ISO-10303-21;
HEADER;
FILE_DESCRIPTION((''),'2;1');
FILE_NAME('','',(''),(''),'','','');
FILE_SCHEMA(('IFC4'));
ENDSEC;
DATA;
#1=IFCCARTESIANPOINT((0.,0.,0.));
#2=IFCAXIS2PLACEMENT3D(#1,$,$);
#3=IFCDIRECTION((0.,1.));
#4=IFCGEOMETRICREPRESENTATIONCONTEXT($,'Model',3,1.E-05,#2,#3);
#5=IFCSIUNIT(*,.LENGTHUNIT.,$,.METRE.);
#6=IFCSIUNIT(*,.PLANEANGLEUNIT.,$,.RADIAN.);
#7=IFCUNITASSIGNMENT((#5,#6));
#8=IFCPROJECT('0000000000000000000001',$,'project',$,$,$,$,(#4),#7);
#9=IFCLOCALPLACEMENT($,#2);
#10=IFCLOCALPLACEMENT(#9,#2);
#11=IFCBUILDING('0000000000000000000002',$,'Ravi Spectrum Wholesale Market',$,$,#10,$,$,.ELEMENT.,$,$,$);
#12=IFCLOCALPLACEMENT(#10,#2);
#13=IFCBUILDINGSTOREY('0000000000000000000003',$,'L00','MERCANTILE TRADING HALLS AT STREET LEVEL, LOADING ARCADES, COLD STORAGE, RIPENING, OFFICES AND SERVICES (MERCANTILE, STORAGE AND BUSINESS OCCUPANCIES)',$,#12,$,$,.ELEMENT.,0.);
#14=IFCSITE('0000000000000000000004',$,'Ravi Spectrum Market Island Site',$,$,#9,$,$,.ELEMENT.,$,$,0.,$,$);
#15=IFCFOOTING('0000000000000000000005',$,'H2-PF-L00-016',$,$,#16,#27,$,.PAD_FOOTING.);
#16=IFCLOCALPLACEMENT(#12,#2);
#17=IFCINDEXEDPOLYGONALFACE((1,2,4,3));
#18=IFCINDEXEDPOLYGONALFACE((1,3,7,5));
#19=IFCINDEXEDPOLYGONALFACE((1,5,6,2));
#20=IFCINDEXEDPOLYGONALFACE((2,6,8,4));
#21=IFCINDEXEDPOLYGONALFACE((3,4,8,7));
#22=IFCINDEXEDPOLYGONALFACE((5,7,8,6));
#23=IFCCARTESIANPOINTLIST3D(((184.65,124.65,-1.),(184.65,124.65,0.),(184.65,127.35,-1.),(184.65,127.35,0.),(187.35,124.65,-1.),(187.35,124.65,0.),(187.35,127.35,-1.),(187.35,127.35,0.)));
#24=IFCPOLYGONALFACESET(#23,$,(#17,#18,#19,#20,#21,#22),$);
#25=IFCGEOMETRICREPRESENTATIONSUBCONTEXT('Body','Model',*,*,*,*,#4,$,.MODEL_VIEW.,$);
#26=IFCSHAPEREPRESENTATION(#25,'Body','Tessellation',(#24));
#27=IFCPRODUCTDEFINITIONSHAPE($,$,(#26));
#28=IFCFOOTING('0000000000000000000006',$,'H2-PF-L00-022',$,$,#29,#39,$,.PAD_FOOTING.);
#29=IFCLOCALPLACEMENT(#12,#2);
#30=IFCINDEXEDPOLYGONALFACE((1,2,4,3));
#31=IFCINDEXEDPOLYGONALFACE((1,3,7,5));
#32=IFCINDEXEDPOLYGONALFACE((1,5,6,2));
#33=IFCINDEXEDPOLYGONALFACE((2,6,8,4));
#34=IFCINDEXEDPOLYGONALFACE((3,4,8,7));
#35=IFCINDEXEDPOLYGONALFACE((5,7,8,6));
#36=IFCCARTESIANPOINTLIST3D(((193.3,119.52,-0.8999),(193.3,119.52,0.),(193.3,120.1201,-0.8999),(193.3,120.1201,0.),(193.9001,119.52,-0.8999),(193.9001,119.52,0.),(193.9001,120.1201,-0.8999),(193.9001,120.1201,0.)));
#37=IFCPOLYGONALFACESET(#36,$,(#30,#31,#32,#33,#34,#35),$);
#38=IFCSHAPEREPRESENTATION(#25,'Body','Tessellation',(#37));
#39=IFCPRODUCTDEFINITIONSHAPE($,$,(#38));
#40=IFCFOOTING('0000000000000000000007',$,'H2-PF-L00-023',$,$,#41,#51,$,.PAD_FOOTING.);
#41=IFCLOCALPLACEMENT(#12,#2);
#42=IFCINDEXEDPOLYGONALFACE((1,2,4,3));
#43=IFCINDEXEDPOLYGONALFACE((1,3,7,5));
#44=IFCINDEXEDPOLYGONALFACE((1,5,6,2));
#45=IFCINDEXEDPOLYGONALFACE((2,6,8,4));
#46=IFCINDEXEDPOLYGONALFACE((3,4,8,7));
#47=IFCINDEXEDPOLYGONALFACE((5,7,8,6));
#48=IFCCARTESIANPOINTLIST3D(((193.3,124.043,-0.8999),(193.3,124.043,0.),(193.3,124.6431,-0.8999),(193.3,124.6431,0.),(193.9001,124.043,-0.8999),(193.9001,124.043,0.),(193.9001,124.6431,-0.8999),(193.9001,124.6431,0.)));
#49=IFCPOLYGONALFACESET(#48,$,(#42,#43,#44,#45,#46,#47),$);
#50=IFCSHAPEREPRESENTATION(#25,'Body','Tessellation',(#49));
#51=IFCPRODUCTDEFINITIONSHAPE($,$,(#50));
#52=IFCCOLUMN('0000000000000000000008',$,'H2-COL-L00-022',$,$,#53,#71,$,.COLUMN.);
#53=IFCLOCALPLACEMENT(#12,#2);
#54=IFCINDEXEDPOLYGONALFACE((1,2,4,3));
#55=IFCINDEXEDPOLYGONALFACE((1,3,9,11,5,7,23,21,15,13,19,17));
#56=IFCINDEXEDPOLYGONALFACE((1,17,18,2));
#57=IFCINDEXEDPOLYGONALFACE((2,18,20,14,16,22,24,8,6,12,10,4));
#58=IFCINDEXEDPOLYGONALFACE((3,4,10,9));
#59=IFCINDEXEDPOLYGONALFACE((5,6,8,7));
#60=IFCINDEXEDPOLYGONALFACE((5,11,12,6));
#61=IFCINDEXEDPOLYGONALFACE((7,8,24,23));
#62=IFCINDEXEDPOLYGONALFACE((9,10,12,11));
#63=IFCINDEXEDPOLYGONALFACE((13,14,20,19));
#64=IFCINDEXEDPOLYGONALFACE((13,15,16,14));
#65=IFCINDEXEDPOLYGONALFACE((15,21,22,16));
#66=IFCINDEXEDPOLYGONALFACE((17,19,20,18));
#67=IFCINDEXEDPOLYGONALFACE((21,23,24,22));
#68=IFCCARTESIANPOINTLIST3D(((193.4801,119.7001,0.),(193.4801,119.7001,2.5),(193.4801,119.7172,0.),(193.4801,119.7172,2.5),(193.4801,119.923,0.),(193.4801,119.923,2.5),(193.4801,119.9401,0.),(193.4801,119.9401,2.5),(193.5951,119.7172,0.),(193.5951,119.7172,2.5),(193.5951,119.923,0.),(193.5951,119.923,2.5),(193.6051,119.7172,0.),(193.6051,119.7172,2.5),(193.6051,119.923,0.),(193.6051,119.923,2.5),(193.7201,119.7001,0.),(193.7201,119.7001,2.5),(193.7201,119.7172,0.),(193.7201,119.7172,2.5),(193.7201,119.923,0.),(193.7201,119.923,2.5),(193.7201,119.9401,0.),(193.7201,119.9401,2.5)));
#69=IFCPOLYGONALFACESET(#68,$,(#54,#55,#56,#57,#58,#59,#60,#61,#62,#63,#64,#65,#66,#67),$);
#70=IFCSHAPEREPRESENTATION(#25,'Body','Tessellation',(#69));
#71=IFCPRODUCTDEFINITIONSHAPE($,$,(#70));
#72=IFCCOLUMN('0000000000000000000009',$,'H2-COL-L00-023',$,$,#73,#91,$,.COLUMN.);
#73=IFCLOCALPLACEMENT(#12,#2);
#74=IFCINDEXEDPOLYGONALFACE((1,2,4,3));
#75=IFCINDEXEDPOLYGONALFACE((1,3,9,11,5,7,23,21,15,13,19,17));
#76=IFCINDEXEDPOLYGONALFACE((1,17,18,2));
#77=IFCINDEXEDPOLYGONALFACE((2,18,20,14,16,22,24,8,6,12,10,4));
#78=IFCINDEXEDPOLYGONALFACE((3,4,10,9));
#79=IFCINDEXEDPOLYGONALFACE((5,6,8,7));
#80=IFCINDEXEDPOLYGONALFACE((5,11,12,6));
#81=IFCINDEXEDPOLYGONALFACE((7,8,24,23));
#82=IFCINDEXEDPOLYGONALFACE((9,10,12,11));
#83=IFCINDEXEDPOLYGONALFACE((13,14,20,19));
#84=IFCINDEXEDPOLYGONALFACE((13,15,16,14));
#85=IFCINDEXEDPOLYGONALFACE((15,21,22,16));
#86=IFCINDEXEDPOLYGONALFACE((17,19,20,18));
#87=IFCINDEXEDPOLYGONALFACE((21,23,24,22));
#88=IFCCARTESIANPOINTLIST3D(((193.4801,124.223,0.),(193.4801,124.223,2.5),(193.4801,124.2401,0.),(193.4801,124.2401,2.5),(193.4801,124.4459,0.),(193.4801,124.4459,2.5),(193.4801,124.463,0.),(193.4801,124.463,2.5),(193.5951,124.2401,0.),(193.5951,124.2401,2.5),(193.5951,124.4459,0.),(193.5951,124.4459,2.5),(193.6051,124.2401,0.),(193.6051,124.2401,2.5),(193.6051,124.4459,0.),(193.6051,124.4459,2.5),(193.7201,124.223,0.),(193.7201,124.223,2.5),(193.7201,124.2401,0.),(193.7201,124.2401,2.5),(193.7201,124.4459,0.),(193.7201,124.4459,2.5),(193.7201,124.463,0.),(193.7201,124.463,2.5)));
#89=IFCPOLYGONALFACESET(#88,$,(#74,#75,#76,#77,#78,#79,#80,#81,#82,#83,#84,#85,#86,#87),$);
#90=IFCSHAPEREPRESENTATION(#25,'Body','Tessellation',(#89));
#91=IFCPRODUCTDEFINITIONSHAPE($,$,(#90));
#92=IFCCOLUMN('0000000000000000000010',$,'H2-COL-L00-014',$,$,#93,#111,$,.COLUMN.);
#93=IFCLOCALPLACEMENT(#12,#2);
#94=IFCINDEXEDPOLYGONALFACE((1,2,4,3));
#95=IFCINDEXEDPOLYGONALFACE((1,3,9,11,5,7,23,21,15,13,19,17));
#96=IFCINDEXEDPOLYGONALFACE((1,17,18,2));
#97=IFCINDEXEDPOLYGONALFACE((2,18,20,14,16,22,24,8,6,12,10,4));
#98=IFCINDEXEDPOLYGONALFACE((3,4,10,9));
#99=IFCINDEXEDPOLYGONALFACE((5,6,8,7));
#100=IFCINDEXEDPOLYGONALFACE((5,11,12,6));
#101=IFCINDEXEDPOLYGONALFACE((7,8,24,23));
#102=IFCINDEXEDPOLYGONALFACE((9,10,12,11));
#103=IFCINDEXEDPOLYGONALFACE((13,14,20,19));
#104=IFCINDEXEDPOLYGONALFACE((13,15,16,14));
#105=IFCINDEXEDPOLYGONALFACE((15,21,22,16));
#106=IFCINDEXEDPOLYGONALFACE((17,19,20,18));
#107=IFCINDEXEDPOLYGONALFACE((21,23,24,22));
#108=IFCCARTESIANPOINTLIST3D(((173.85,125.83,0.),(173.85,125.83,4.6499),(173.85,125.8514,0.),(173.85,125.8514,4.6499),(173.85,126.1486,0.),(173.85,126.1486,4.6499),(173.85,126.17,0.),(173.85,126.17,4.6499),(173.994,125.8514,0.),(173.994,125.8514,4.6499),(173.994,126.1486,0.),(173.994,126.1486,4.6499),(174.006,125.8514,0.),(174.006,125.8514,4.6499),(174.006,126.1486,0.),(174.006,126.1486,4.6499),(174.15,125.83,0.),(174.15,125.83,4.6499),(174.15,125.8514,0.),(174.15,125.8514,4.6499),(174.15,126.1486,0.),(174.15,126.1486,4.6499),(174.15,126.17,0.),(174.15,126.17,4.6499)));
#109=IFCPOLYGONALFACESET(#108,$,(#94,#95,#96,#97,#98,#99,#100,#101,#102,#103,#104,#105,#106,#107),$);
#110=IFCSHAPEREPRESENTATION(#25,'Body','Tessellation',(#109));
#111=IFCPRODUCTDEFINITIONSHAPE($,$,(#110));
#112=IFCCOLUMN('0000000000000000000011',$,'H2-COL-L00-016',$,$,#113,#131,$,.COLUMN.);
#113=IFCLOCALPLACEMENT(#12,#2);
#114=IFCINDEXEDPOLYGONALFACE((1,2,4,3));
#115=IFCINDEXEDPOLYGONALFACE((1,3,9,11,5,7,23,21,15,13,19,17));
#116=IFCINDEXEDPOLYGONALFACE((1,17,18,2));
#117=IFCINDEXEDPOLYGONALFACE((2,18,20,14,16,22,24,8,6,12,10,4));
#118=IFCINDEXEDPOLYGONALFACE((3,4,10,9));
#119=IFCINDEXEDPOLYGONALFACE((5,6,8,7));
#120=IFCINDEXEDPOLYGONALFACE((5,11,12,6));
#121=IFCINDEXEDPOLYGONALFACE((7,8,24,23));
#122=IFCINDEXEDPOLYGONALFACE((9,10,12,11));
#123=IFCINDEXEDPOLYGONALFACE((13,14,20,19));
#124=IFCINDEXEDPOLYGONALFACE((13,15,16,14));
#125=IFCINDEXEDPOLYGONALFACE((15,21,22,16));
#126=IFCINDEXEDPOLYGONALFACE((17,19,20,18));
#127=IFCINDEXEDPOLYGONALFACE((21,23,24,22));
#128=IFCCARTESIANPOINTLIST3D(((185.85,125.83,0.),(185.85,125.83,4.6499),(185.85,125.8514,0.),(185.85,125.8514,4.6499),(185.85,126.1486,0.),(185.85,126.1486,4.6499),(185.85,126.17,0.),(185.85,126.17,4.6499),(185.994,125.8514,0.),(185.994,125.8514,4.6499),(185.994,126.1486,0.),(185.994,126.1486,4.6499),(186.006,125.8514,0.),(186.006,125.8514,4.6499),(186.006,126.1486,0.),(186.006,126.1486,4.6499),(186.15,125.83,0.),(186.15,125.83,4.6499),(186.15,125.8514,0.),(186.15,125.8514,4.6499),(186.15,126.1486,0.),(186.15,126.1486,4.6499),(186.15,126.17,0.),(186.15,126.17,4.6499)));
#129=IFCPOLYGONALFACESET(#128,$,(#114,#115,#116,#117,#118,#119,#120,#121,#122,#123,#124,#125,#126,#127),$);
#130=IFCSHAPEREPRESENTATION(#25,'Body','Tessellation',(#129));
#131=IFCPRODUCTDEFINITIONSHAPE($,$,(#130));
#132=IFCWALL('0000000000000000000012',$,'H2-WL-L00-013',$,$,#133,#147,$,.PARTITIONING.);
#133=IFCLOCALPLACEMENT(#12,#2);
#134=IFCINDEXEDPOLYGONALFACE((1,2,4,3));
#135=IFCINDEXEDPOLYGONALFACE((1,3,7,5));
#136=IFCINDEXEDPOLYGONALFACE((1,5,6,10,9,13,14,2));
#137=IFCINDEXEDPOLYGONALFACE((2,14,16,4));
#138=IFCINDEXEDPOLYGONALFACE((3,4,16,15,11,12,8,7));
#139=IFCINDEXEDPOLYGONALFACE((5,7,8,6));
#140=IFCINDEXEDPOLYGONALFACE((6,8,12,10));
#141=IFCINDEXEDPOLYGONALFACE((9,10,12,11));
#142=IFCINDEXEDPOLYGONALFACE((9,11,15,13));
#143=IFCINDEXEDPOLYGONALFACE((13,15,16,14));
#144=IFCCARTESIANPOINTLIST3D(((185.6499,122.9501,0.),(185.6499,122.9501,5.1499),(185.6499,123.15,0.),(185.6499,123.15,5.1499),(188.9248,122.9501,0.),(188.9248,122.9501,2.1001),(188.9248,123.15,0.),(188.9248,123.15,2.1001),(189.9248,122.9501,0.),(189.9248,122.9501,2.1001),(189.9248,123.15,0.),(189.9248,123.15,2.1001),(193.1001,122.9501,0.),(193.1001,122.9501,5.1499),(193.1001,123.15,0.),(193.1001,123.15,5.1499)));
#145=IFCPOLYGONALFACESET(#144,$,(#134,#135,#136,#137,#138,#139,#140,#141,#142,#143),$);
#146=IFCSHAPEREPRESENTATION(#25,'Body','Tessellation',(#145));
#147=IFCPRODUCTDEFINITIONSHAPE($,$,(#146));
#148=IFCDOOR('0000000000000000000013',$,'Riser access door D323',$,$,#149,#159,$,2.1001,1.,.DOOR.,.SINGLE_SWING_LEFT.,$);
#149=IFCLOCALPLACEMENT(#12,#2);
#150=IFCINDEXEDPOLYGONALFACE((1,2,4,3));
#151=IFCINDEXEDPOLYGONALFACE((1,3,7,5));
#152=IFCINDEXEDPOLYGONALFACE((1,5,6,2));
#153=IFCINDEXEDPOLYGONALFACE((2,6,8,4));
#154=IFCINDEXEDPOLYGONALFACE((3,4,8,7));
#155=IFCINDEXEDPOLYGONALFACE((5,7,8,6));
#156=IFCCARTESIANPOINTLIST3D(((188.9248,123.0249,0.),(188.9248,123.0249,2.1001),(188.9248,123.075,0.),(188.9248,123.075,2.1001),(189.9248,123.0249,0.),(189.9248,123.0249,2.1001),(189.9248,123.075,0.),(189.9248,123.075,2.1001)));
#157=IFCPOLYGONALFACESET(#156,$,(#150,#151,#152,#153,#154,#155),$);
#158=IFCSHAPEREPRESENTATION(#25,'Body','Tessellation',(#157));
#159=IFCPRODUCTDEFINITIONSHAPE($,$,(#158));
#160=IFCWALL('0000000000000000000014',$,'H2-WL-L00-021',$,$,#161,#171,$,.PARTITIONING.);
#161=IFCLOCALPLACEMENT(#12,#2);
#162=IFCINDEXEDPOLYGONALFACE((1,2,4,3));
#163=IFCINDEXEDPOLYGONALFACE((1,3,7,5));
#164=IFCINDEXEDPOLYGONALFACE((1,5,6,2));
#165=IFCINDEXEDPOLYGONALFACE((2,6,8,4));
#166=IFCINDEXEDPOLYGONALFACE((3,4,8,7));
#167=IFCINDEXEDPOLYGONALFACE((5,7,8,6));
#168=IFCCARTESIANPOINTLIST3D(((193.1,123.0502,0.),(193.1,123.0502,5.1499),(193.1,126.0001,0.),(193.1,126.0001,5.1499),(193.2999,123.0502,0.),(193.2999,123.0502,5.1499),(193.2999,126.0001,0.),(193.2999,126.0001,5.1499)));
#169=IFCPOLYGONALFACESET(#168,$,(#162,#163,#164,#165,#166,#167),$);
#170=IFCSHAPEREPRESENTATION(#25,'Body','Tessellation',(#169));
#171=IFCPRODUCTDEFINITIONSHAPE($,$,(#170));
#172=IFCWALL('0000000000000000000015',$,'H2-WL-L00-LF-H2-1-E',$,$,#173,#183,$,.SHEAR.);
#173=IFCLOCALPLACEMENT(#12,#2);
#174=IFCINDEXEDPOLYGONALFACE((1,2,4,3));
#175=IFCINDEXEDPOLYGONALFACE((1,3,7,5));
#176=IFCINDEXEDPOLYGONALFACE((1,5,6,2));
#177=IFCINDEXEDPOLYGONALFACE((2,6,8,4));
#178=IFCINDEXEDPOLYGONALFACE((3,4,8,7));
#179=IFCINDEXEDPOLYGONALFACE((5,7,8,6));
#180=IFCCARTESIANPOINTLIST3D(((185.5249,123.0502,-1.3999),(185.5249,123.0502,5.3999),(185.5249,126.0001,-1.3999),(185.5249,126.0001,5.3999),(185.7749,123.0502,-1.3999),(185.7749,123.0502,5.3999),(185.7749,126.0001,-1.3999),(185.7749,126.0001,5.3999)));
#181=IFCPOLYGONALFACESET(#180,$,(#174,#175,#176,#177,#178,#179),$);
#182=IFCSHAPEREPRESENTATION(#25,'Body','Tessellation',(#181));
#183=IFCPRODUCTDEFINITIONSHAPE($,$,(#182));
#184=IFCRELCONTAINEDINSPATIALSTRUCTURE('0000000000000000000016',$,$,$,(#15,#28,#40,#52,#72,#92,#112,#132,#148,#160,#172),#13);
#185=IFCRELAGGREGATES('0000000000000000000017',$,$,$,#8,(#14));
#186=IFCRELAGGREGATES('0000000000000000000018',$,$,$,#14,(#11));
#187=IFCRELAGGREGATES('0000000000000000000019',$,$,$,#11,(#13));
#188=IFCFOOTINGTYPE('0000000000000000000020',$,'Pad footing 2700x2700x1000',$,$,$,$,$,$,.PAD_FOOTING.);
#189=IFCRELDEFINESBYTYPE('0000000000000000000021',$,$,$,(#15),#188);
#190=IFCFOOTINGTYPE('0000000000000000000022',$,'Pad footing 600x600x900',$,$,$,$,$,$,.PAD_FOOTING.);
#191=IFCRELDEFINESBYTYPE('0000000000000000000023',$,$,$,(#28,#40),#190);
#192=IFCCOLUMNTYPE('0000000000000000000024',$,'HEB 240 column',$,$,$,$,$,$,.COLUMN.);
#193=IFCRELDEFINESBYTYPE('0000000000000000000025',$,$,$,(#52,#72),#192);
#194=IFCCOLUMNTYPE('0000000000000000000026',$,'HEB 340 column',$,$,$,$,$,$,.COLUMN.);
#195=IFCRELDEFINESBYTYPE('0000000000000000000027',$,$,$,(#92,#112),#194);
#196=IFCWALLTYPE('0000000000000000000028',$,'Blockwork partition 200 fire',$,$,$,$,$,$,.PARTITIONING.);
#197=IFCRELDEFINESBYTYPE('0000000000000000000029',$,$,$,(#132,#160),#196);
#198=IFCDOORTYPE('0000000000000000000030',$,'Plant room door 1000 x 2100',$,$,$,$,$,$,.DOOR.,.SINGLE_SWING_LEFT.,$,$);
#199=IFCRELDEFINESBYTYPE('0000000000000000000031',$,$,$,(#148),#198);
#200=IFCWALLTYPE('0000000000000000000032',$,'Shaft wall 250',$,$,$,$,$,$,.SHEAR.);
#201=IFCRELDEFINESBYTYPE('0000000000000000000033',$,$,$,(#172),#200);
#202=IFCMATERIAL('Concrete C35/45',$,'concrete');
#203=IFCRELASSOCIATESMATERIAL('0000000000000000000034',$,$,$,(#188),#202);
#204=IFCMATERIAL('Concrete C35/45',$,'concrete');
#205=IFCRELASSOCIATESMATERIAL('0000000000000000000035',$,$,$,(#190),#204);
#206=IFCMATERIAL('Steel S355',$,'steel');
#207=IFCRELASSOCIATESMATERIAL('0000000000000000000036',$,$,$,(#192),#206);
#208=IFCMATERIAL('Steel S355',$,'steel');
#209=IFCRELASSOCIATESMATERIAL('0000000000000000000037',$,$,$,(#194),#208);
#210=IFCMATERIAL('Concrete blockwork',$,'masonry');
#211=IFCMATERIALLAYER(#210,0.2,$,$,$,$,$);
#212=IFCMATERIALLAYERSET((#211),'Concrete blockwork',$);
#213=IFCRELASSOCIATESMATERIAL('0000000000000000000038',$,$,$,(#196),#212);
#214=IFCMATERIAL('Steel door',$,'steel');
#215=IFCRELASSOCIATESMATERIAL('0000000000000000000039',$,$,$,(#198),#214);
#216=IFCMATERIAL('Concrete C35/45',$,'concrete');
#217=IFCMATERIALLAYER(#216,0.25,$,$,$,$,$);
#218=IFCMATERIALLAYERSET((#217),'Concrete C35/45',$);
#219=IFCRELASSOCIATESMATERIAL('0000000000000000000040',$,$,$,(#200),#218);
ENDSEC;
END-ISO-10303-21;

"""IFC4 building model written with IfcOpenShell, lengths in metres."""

from ifc_helpers import new_model, si_unit, direction, frame, frame_2d, origin, origin_2d, place, context, subcontext, project, spatial, rectangle, i_section, extrude, material, layer, layer_set, material_profile, profile_set, type_object, element, fill, save


model = new_model("IFC4")

# Units and contexts
model_context = context("Model", 3, precision=1e-05, world=origin(), true_north=direction((0.0, 1.0)))
body_context = subcontext(model_context, "Body", "Model", "MODEL_VIEW")
ifc_project = project(units=[si_unit("LENGTHUNIT", "METRE"), si_unit("PLANEANGLEUNIT", "RADIAN")], contexts=[model_context])

# Site, building, storey
site_placement = place(None, origin())
site = spatial("IfcSite", under=ifc_project, at=site_placement, Name="Ravi Spectrum Market Island Site", CompositionType="ELEMENT", RefElevation=0.0)
building_placement = place(site_placement, origin())
building = spatial("IfcBuilding", under=site, at=building_placement, Name="Ravi Spectrum Wholesale Market", CompositionType="ELEMENT")
storey_placement = place(building_placement, origin())
storey = spatial("IfcBuildingStorey", under=building, at=storey_placement, Name="L00", Description="MERCANTILE TRADING HALLS AT STREET LEVEL, LOADING ARCADES, COLD STORAGE, RIPENING, OFFICES AND SERVICES (MERCANTILE, STORAGE AND BUSINESS OCCUPANCIES)", CompositionType="ELEMENT", Elevation=0.0)

# Footings
ifc_material_1 = material(Name="Concrete C35/45", Category="concrete")
footing_type_1 = type_object("IfcFootingType", Name="Pad footing 2700x2700x1000", PredefinedType="PAD_FOOTING", material=ifc_material_1)
footing_placement = place(storey_placement, frame((186.0, 126.0, -1.0), z_axis=(0.0, 0.0, 1.0), x_axis=(1.0, 0.0, 0.0)))
element("IfcFooting", 1, at=footing_placement, inside=storey, type_object=footing_type_1, Name="H2-PF-L00-016", PredefinedType="PAD_FOOTING", context=body_context, shape_type="SweptSolid", body=[
    extrude(rectangle(XDim=2.7, YDim=2.7, at=origin_2d()), origin(), (0.0, 0.0, 1.0), 1.0),
])
ifc_material_2 = material(Name="Concrete C35/45", Category="concrete")
footing_type_2 = type_object("IfcFootingType", Name="Pad footing 600x600x900", PredefinedType="PAD_FOOTING", material=ifc_material_2)
for number, where, z_axis, x_axis, name in (
    (2, (193.6001, 119.8201, -0.8999), (0.0, 0.0, 1.0), (1.0, 0.0, 0.0), "H2-PF-L00-022"),
    (3, (193.6001, 124.343, -0.8999), (0.0, 0.0, 1.0), (1.0, 0.0, 0.0), "H2-PF-L00-023"),
):
    element("IfcFooting", number, at=place(storey_placement, frame(where, z_axis=z_axis, x_axis=x_axis)), inside=storey, type_object=footing_type_2, Name=name, PredefinedType="PAD_FOOTING", context=body_context, shape_type="SweptSolid", body=[
        extrude(rectangle(XDim=0.6001, YDim=0.6001, at=origin_2d()), origin(), (0.0, 0.0, 1.0), 0.8999),
    ])

# Columns
ifc_material_3 = material(Name="Steel S355", Category="steel")
ifc_material_profile_1 = material_profile(ifc_material_3, i_section(OverallWidth=0.24, OverallDepth=0.24, WebThickness=0.01, FlangeThickness=0.0171, at=origin_2d()))
ifc_profile_set_1 = profile_set([ifc_material_profile_1], Name="Steel S355")
column_type_1 = type_object("IfcColumnType", Name="HEB 240 column", PredefinedType="COLUMN", material=ifc_profile_set_1)
for number, where, z_axis, x_axis, name in (
    (4, (193.6001, 119.8201, 0.0), (0.0, 0.0, 1.0), (1.0, 0.0, 0.0), "H2-COL-L00-022"),
    (5, (193.6001, 124.343, 0.0), (0.0, 0.0, 1.0), (1.0, 0.0, 0.0), "H2-COL-L00-023"),
):
    element("IfcColumn", number, at=place(storey_placement, frame(where, z_axis=z_axis, x_axis=x_axis)), inside=storey, type_object=column_type_1, Name=name, PredefinedType="COLUMN", context=body_context, shape_type="SweptSolid", body=[
        extrude(i_section(OverallWidth=0.24, OverallDepth=0.24, WebThickness=0.01, FlangeThickness=0.0171, at=origin_2d()), origin(), (0.0, 0.0, 1.0), 2.5),
    ])
ifc_material_4 = material(Name="Steel S355", Category="steel")
ifc_material_profile_2 = material_profile(ifc_material_4, i_section(OverallWidth=0.3, OverallDepth=0.3401, WebThickness=0.012, FlangeThickness=0.0215, at=origin_2d()))
ifc_profile_set_2 = profile_set([ifc_material_profile_2], Name="Steel S355")
column_type_2 = type_object("IfcColumnType", Name="HEB 340 column", PredefinedType="COLUMN", material=ifc_profile_set_2)
for number, where, z_axis, x_axis, name in (
    (6, (174.0, 126.0, 0.0), (0.0, 0.0, 1.0), (1.0, 0.0, 0.0), "H2-COL-L00-014"),
    (7, (186.0, 126.0, 0.0), (0.0, 0.0, 1.0), (1.0, 0.0, 0.0), "H2-COL-L00-016"),
):
    element("IfcColumn", number, at=place(storey_placement, frame(where, z_axis=z_axis, x_axis=x_axis)), inside=storey, type_object=column_type_2, Name=name, PredefinedType="COLUMN", context=body_context, shape_type="SweptSolid", body=[
        extrude(i_section(OverallWidth=0.3, OverallDepth=0.3401, WebThickness=0.012, FlangeThickness=0.0215, at=origin_2d()), origin(), (0.0, 0.0, 1.0), 4.6499),
    ])

# Wall, opening, door
ifc_material_5 = material(Name="Concrete blockwork", Category="masonry")
ifc_layer_1 = layer(ifc_material_5, 0.2)
ifc_layer_set_1 = layer_set([ifc_layer_1], Name="Concrete blockwork")
wall_type_1 = type_object("IfcWallType", Name="Blockwork partition 200 fire", PredefinedType="PARTITIONING", material=ifc_layer_set_1)
wall_1_placement = place(storey_placement, frame((185.6499, 123.05, 0.0), z_axis=(0.0, 0.0, 1.0), x_axis=(1.0, 0.0, 0.0)))
wall_1 = element("IfcWall", 8, at=wall_1_placement, inside=storey, type_object=wall_type_1, Name="H2-WL-L00-013", PredefinedType="PARTITIONING", context=body_context, shape_type="SweptSolid", body=[
    extrude(rectangle(XDim=7.4502, YDim=0.2, at=frame_2d((3.7251, 0.0))), origin(), (0.0, 0.0, 1.0), 5.1499),
])
opening_1_placement = place(wall_1_placement, frame((3.2749, 0.0, 0.0)))
opening_1 = element("IfcOpeningElement", 9, at=opening_1_placement, cuts=wall_1, PredefinedType="OPENING", context=body_context, shape_type="SweptSolid", body=[
    extrude(rectangle(XDim=1.0, YDim=2.1001, at=frame_2d((0.5, 1.05))), frame((0.0, 0.1099, 0.0), z_axis=(0.0, -1.0, 0.0), x_axis=(1.0, 0.0, 0.0)), (0.0, 0.0, 1.0), 0.22),
])
ifc_material_6 = material(Name="Steel door", Category="steel")
door_type_1 = type_object("IfcDoorType", Name="Plant room door 1000 x 2100", OperationType="SINGLE_SWING_LEFT", PredefinedType="DOOR", material=ifc_material_6)
door_1_placement = place(opening_1_placement, origin())
door_1 = element("IfcDoor", 10, at=door_1_placement, inside=storey, type_object=door_type_1, Name="Riser access door D323", OperationType="SINGLE_SWING_LEFT", OverallHeight=2.1001, OverallWidth=1.0, PredefinedType="DOOR", context=body_context, shape_type="SweptSolid", body=[
    extrude(rectangle(XDim=1.0, YDim=2.1001, at=frame_2d((0.5, 1.05))), frame((0.0, 0.0249, 0.0), z_axis=(0.0, -1.0, 0.0), x_axis=(1.0, 0.0, 0.0)), (0.0, 0.0, 1.0), 0.05),
])
fill(opening_1, door_1)

# Walls
wall_2_placement = place(storey_placement, frame((193.2, 123.05, 0.0), z_axis=(0.0, 0.0, 1.0), x_axis=(0.0, 1.0, 0.0)))
element("IfcWall", 11, at=wall_2_placement, inside=storey, type_object=wall_type_1, Name="H2-WL-L00-021", PredefinedType="PARTITIONING", context=body_context, shape_type="SweptSolid", body=[
    extrude(rectangle(XDim=2.95, YDim=0.2, at=frame_2d((1.4751, 0.0))), origin(), (0.0, 0.0, 1.0), 5.1499),
])
ifc_material_7 = material(Name="Concrete C35/45", Category="concrete")
ifc_layer_2 = layer(ifc_material_7, 0.25)
ifc_layer_set_2 = layer_set([ifc_layer_2], Name="Concrete C35/45")
wall_type_2 = type_object("IfcWallType", Name="Shaft wall 250", PredefinedType="SHEAR", material=ifc_layer_set_2)
wall_3_placement = place(storey_placement, frame((185.6499, 123.05, -1.3999), z_axis=(0.0, 0.0, 1.0), x_axis=(0.0, 1.0, 0.0)))
element("IfcWall", 12, at=wall_3_placement, inside=storey, type_object=wall_type_2, Name="H2-WL-L00-LF-H2-1-E", PredefinedType="SHEAR", context=body_context, shape_type="SweptSolid", body=[
    extrude(rectangle(XDim=2.95, YDim=0.25, at=frame_2d((1.4751, 0.0))), origin(), (0.0, 0.0, 1.0), 6.7998),
])

save(model, "model.ifc")
